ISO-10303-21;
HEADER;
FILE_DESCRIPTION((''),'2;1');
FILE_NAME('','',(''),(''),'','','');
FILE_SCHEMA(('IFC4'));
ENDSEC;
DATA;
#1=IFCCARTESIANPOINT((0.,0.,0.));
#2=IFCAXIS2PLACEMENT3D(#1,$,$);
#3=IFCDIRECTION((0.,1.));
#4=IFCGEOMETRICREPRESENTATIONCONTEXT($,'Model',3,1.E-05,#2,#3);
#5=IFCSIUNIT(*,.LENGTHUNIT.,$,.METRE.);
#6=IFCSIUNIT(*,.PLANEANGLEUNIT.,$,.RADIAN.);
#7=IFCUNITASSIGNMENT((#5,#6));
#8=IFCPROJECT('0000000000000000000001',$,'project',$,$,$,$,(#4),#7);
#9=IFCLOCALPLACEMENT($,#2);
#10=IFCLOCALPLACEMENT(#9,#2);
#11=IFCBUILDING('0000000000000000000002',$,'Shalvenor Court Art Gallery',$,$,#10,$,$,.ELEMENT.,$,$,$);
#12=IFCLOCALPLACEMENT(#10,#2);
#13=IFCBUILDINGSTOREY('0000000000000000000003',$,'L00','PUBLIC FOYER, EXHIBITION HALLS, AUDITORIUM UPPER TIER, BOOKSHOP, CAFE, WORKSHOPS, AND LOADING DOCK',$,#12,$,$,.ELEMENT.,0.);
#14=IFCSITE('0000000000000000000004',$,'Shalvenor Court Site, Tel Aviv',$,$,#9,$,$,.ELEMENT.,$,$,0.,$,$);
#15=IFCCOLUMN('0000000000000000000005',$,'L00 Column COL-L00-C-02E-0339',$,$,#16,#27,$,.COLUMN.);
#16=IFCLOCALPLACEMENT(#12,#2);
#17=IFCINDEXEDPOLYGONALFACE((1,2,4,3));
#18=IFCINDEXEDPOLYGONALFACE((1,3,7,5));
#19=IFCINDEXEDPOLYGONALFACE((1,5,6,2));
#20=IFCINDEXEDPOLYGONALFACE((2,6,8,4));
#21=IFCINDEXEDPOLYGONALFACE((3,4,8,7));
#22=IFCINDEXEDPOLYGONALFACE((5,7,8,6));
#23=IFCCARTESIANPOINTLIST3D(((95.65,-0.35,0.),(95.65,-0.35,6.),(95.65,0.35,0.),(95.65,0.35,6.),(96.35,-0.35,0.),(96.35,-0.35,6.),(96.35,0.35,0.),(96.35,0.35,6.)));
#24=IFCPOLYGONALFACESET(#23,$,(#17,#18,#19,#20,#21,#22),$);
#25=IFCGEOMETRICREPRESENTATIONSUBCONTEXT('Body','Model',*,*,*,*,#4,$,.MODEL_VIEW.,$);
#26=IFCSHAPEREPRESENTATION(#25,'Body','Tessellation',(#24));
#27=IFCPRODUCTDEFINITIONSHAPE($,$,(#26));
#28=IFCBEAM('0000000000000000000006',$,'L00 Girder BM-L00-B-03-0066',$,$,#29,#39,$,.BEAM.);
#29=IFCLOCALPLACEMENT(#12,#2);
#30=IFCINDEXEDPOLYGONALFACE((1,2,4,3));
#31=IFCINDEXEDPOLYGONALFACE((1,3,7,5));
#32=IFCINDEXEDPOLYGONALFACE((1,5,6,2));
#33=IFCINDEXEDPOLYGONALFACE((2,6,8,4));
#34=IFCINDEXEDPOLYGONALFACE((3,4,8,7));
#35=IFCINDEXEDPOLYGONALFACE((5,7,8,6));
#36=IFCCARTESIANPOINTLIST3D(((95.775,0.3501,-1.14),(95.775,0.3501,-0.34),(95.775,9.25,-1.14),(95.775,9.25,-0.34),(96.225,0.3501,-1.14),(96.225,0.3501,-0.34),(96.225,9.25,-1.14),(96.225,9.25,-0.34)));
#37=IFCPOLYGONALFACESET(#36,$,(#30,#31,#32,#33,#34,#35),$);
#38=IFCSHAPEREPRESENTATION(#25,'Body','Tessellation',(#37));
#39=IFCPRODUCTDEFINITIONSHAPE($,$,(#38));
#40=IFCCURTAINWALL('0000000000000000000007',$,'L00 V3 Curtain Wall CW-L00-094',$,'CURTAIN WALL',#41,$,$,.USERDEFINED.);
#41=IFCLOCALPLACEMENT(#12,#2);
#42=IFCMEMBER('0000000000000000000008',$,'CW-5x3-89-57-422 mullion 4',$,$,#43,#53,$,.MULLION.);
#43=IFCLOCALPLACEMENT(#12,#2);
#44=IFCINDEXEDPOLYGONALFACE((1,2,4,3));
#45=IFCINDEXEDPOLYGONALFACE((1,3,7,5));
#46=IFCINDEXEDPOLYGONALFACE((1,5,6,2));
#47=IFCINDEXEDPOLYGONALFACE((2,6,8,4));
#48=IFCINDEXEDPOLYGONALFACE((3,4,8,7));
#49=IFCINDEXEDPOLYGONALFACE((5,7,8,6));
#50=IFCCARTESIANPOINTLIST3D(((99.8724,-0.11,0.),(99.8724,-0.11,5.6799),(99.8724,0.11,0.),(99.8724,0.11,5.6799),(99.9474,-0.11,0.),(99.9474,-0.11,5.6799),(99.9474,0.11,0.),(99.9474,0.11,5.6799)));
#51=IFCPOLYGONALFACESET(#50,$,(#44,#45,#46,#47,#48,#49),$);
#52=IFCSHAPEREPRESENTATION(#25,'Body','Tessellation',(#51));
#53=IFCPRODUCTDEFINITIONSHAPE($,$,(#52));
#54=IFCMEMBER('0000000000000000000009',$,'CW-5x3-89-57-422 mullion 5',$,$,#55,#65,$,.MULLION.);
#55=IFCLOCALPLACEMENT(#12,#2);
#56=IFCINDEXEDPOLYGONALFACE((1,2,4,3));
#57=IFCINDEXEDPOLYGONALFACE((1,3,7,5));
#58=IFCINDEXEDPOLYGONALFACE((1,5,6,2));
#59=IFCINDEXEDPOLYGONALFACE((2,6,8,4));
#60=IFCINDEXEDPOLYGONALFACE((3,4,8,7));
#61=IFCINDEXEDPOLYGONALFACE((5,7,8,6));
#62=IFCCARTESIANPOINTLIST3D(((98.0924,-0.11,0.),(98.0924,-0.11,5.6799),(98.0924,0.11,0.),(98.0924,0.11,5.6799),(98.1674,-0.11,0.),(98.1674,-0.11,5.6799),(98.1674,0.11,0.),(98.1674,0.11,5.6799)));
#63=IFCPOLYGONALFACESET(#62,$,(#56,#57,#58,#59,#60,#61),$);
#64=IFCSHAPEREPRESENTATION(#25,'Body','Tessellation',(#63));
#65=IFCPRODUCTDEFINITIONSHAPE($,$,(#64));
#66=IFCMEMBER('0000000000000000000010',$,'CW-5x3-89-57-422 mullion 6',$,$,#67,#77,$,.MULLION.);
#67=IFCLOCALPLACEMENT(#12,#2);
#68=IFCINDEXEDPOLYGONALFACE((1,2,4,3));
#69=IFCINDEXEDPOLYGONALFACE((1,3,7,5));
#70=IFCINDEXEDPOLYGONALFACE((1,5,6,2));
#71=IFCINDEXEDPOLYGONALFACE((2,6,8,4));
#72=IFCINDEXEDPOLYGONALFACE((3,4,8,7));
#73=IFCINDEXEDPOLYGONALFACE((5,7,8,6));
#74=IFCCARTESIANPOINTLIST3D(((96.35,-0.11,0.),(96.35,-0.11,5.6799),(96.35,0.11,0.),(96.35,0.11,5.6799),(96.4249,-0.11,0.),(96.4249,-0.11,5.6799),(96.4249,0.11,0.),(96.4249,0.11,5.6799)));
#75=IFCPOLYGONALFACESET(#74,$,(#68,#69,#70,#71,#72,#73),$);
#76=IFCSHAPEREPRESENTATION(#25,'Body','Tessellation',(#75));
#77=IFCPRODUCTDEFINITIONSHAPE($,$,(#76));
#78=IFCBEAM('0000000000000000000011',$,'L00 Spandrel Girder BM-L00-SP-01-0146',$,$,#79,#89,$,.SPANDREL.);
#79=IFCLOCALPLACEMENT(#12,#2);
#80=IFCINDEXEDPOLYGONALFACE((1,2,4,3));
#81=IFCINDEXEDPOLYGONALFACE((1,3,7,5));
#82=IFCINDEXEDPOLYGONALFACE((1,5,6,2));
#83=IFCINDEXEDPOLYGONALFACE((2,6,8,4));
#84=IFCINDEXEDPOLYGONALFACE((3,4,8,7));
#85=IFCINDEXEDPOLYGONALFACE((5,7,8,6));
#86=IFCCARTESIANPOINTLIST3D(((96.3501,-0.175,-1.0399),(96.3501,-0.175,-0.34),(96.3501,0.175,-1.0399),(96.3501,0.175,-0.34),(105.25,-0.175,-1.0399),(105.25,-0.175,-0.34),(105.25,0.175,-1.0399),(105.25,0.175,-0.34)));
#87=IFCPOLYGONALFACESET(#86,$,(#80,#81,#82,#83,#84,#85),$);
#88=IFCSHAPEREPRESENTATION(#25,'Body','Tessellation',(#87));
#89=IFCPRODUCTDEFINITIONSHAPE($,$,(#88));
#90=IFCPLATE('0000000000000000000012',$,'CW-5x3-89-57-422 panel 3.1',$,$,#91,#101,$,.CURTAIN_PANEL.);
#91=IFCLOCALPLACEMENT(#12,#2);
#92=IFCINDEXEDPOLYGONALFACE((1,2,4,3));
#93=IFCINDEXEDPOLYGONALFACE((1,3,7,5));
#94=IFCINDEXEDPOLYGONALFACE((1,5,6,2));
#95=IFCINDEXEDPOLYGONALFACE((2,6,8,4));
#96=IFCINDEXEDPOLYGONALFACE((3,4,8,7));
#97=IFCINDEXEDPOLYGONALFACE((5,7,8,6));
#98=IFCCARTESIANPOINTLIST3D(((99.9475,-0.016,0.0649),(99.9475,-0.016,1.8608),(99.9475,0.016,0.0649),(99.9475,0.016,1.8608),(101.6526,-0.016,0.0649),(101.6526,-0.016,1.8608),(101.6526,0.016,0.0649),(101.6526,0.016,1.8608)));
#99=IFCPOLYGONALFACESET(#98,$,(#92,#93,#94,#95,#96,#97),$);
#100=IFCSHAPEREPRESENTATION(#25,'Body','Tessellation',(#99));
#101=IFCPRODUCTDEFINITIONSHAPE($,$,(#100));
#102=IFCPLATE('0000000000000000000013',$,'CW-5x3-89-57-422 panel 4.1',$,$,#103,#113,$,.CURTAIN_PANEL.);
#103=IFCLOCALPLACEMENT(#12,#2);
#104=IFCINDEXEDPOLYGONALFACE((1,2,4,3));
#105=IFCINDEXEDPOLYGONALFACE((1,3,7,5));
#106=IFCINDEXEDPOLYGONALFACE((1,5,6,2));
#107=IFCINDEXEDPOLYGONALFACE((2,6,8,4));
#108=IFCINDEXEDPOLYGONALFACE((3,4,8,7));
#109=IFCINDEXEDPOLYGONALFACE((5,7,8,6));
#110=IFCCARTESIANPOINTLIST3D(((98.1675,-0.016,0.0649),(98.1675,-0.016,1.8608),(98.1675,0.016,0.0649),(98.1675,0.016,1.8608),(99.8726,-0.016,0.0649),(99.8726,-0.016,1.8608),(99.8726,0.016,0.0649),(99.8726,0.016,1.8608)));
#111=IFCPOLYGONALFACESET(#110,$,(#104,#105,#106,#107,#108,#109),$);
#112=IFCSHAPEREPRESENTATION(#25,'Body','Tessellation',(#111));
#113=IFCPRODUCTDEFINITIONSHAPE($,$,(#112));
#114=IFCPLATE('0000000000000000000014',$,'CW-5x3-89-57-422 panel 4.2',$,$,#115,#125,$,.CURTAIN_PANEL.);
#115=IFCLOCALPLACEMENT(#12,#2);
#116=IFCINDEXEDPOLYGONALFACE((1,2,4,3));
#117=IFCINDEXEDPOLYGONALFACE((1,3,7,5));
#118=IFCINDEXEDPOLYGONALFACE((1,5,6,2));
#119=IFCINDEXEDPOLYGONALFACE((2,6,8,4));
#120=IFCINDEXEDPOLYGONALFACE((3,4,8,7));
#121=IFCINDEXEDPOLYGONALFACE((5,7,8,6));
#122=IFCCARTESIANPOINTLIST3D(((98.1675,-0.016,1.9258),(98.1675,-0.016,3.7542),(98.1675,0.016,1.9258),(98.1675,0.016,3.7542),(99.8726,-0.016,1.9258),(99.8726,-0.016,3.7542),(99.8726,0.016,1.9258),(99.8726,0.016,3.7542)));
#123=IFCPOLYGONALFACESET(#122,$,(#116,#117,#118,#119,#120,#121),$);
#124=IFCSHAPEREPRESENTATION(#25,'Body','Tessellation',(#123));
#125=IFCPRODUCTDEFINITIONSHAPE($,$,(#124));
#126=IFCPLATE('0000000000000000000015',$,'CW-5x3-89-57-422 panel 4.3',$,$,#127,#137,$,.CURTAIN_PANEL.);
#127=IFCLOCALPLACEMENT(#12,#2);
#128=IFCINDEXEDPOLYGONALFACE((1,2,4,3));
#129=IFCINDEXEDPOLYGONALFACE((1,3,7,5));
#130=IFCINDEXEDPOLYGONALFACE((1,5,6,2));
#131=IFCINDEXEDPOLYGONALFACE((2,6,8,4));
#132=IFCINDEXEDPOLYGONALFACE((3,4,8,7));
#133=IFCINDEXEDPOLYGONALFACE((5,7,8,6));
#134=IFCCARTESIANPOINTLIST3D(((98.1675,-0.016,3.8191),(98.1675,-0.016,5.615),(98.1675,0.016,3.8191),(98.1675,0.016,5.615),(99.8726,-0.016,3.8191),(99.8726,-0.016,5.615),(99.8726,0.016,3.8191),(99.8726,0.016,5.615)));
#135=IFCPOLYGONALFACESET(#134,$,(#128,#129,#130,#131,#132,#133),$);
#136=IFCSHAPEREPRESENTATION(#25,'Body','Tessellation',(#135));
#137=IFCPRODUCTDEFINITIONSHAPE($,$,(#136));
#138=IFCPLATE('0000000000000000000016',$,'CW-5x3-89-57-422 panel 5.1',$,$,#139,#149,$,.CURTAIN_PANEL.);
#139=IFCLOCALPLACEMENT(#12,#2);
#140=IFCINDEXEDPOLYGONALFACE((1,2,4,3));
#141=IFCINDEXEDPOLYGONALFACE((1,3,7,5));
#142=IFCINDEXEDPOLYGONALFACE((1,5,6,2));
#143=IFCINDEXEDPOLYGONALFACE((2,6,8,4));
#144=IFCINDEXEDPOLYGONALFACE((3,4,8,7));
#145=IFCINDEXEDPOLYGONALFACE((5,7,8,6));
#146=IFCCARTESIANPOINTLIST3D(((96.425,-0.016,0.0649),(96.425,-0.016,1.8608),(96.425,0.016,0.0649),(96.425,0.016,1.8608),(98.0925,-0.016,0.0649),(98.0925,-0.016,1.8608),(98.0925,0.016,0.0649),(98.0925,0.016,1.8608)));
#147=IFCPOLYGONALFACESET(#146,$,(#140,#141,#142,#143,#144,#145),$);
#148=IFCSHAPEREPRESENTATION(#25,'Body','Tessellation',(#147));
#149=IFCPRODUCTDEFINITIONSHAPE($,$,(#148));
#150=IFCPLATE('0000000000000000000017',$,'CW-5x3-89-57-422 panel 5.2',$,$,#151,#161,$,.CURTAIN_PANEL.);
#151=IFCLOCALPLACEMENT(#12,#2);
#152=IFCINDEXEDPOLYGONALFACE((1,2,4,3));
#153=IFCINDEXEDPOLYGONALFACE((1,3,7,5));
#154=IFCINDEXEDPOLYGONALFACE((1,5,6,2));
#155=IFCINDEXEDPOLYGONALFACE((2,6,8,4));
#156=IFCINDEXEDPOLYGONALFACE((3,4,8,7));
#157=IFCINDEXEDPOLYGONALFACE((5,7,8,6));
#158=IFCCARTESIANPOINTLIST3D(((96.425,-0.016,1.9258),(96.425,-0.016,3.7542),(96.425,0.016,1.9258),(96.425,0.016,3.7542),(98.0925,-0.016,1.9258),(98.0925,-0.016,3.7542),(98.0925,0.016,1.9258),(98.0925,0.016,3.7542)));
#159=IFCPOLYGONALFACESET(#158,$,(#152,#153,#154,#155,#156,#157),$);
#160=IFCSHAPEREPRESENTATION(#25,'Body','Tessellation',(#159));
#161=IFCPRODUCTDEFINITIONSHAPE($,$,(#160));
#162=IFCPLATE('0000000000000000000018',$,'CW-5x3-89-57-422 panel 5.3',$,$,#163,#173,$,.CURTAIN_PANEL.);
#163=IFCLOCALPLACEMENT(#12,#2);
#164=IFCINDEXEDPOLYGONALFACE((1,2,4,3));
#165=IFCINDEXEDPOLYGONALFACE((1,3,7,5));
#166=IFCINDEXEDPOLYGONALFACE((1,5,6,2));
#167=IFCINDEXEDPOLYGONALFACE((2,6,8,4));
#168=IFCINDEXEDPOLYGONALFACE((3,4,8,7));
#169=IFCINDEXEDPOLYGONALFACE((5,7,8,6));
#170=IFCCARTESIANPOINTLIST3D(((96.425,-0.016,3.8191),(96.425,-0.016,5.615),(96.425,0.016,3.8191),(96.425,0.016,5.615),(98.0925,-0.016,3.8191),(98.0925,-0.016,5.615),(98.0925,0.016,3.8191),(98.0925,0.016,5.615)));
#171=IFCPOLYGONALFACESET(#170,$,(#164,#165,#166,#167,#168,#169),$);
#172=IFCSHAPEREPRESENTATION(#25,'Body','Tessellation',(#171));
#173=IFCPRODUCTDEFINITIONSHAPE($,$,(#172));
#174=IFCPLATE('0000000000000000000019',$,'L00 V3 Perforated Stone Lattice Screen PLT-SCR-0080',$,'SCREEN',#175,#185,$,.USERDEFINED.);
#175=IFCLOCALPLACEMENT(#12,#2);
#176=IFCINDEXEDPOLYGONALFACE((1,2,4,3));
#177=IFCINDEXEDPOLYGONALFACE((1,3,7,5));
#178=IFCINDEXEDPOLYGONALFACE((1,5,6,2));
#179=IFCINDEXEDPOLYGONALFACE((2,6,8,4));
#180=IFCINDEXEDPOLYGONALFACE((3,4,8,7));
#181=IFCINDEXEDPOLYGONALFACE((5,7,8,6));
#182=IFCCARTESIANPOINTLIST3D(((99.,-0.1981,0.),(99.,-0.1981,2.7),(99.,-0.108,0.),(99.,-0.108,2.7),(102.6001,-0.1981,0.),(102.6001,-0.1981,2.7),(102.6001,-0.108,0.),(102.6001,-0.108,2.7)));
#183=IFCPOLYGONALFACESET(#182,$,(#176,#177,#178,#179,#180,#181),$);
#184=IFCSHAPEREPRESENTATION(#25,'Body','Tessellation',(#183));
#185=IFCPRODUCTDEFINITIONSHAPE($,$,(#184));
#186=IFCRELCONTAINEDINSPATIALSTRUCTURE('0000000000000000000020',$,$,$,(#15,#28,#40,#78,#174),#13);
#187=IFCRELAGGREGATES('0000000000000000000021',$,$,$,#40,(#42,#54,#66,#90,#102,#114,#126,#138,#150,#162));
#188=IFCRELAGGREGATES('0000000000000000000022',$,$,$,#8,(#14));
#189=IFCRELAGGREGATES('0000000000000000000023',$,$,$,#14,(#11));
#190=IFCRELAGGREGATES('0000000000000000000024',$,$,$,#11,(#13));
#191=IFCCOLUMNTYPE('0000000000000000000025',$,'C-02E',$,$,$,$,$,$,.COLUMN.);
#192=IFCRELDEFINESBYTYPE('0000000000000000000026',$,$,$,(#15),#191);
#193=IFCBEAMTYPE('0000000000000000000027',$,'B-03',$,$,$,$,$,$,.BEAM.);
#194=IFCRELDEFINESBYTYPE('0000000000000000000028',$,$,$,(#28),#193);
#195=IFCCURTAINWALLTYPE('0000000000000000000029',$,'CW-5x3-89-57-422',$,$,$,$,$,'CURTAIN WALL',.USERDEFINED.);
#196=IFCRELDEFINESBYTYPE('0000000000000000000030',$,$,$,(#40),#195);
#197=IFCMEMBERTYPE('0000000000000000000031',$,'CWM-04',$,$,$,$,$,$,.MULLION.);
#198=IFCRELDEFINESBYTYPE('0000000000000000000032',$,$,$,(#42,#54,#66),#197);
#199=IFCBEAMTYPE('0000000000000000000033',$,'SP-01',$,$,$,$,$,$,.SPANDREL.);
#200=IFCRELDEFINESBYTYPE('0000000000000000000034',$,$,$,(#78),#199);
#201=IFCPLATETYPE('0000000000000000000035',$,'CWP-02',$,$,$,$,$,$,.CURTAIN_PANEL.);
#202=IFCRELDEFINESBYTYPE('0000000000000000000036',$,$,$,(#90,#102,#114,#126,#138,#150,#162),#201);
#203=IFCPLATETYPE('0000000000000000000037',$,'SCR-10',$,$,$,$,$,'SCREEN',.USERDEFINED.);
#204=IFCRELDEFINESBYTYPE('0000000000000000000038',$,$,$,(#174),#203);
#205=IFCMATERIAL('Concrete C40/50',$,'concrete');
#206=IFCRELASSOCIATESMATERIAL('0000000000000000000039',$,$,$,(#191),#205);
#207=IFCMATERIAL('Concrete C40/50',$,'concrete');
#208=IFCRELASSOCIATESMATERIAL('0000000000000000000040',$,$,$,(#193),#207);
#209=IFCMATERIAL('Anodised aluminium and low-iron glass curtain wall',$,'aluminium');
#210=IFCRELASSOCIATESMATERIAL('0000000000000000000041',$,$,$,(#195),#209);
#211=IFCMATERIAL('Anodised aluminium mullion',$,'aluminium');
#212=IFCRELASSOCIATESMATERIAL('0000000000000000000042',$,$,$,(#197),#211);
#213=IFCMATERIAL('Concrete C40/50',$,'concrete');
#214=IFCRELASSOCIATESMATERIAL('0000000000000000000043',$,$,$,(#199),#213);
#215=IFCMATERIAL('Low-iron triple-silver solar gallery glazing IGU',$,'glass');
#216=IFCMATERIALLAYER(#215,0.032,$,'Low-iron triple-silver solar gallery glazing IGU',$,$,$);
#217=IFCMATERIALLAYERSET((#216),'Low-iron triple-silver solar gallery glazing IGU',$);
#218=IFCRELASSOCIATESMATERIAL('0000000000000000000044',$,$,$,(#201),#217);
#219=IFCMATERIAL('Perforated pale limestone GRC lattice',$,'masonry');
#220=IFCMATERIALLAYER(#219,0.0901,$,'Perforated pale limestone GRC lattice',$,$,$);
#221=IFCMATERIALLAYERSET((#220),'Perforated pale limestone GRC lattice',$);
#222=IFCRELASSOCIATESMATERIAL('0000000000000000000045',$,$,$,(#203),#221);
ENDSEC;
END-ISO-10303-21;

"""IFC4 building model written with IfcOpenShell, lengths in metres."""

from ifc_helpers import new_model, si_unit, direction, frame, origin, origin_2d, place, context, subcontext, project, spatial, rectangle, extrude, material, layer, layer_set, material_profile, profile_set, type_object, element, aggregate, save


model = new_model("IFC4")

# Units and contexts
model_context = context("Model", 3, precision=1e-05, world=origin(), true_north=direction((0.0, 1.0)))
body_context = subcontext(model_context, "Body", "Model", "MODEL_VIEW")
ifc_project = project(units=[si_unit("LENGTHUNIT", "METRE"), si_unit("PLANEANGLEUNIT", "RADIAN")], contexts=[model_context])

# Site, building, storey
site_placement = place(None, origin())
site = spatial("IfcSite", under=ifc_project, at=site_placement, Name="Shalvenor Court Site, Tel Aviv", CompositionType="ELEMENT", RefElevation=0.0)
building_placement = place(site_placement, origin())
building = spatial("IfcBuilding", under=site, at=building_placement, Name="Shalvenor Court Art Gallery", CompositionType="ELEMENT")
storey_placement = place(building_placement, origin())
storey = spatial("IfcBuildingStorey", under=building, at=storey_placement, Name="L00", Description="PUBLIC FOYER, EXHIBITION HALLS, AUDITORIUM UPPER TIER, BOOKSHOP, CAFE, WORKSHOPS, AND LOADING DOCK", CompositionType="ELEMENT", Elevation=0.0)

# Column
ifc_material_1 = material(Name="Concrete C40/50", Category="concrete")
ifc_material_profile_1 = material_profile(ifc_material_1, rectangle(XDim=0.7, YDim=0.7, at=origin_2d()), Name="RC 700x700")
ifc_profile_set_1 = profile_set([ifc_material_profile_1], Name="Concrete C40/50")
column_type = type_object("IfcColumnType", Name="C-02E", PredefinedType="COLUMN", material=ifc_profile_set_1)
column_placement = place(storey_placement, frame((96.0, 0.0, 0.0), z_axis=(0.0, 0.0, 1.0), x_axis=(1.0, 0.0, 0.0)))
element("IfcColumn", 1, at=column_placement, inside=storey, type_object=column_type, Name="L00 Column COL-L00-C-02E-0339", PredefinedType="COLUMN", context=body_context, shape_type="SweptSolid", body=[
    extrude(rectangle(XDim=0.7, YDim=0.7, at=origin_2d()), origin(), (0.0, 0.0, 1.0), 6.0),
])

# Beam
ifc_material_2 = material(Name="Concrete C40/50", Category="concrete")
ifc_material_profile_2 = material_profile(ifc_material_2, rectangle(XDim=0.45, YDim=0.8, at=origin_2d()), Name="RC 450x800")
ifc_profile_set_2 = profile_set([ifc_material_profile_2], Name="Concrete C40/50")
beam_type_1 = type_object("IfcBeamType", Name="B-03", PredefinedType="BEAM", material=ifc_profile_set_2)
beam_1_placement = place(storey_placement, frame((96.0, 0.3501, -0.74), z_axis=(0.0, 1.0, 0.0), x_axis=(-1.0, 0.0, 0.0)))
element("IfcBeam", 2, at=beam_1_placement, inside=storey, type_object=beam_type_1, Name="L00 Girder BM-L00-B-03-0066", PredefinedType="BEAM", context=body_context, shape_type="SweptSolid", body=[
    extrude(rectangle(XDim=0.45, YDim=0.8, at=origin_2d()), origin(), (0.0, 0.0, 1.0), 8.8999),
])

# Curtain wall, members
ifc_material_3 = material(Name="Anodised aluminium and low-iron glass curtain wall", Category="aluminium")
curtain_wall_type = type_object("IfcCurtainWallType", Name="CW-5x3-89-57-422", ElementType="CURTAIN WALL", PredefinedType="USERDEFINED", material=ifc_material_3)
curtain_wall_placement = place(storey_placement, origin())
curtain_wall = element("IfcCurtainWall", 3, at=curtain_wall_placement, inside=storey, type_object=curtain_wall_type, Name="L00 V3 Curtain Wall CW-L00-094", ObjectType="CURTAIN WALL", PredefinedType="USERDEFINED")
ifc_material_4 = material(Name="Anodised aluminium mullion", Category="aluminium")
ifc_material_profile_3 = material_profile(ifc_material_4, rectangle(XDim=0.075, YDim=0.22, at=origin_2d()), Name="CWM-04")
ifc_profile_set_3 = profile_set([ifc_material_profile_3], Name="Anodised aluminium mullion")
member_type = type_object("IfcMemberType", Name="CWM-04", PredefinedType="MULLION", material=ifc_profile_set_3)
member_1_placement = place(storey_placement, frame((99.9099, 0.0, 0.0), z_axis=(0.0, 0.0, 1.0), x_axis=(-1.0, 0.0, 0.0)))
member_1 = element("IfcMember", 4, at=member_1_placement, type_object=member_type, Name="CW-5x3-89-57-422 mullion 4", PredefinedType="MULLION", context=body_context, shape_type="SweptSolid", body=[
    extrude(rectangle(XDim=0.075, YDim=0.22, at=origin_2d()), origin(), (0.0, 0.0, 1.0), 5.6799),
])
member_2_placement = place(storey_placement, frame((98.1299, 0.0, 0.0), z_axis=(0.0, 0.0, 1.0), x_axis=(-1.0, 0.0, 0.0)))
member_2 = element("IfcMember", 5, at=member_2_placement, type_object=member_type, Name="CW-5x3-89-57-422 mullion 5", PredefinedType="MULLION", context=body_context, shape_type="SweptSolid", body=[
    extrude(rectangle(XDim=0.075, YDim=0.22, at=origin_2d()), origin(), (0.0, 0.0, 1.0), 5.6799),
])
member_3_placement = place(storey_placement, frame((96.3875, 0.0, 0.0), z_axis=(0.0, 0.0, 1.0), x_axis=(-1.0, 0.0, 0.0)))
member_3 = element("IfcMember", 6, at=member_3_placement, type_object=member_type, Name="CW-5x3-89-57-422 mullion 6", PredefinedType="MULLION", context=body_context, shape_type="SweptSolid", body=[
    extrude(rectangle(XDim=0.075, YDim=0.22, at=origin_2d()), origin(), (0.0, 0.0, 1.0), 5.6799),
])

# Beam
ifc_material_5 = material(Name="Concrete C40/50", Category="concrete")
ifc_material_profile_4 = material_profile(ifc_material_5, rectangle(XDim=0.3501, YDim=0.7, at=origin_2d()), Name="RC 350x700")
ifc_profile_set_4 = profile_set([ifc_material_profile_4], Name="Concrete C40/50")
beam_type_2 = type_object("IfcBeamType", Name="SP-01", PredefinedType="SPANDREL", material=ifc_profile_set_4)
beam_2_placement = place(storey_placement, frame((96.3501, 0.0, -0.6899), z_axis=(1.0, 0.0, 0.0), x_axis=(0.0, 1.0, 0.0)))
element("IfcBeam", 7, at=beam_2_placement, inside=storey, type_object=beam_type_2, Name="L00 Spandrel Girder BM-L00-SP-01-0146", PredefinedType="SPANDREL", context=body_context, shape_type="SweptSolid", body=[
    extrude(rectangle(XDim=0.3501, YDim=0.7, at=origin_2d()), origin(), (0.0, 0.0, 1.0), 8.8999),
])

# Plates
ifc_material_6 = material(Name="Low-iron triple-silver solar gallery glazing IGU", Category="glass")
ifc_layer_1 = layer(ifc_material_6, 0.032, Name="Low-iron triple-silver solar gallery glazing IGU")
ifc_layer_set_1 = layer_set([ifc_layer_1], Name="Low-iron triple-silver solar gallery glazing IGU")
plate_type_1 = type_object("IfcPlateType", Name="CWP-02", PredefinedType="CURTAIN_PANEL", material=ifc_layer_set_1)
plate_1_placement = place(storey_placement, frame((100.8, 0.0, 0.0649), z_axis=(0.0, 0.0, 1.0), x_axis=(-1.0, 0.0, 0.0)))
plate_1 = element("IfcPlate", 8, at=plate_1_placement, type_object=plate_type_1, Name="CW-5x3-89-57-422 panel 3.1", PredefinedType="CURTAIN_PANEL", context=body_context, shape_type="SweptSolid", body=[
    extrude(rectangle(XDim=1.7051, YDim=0.032, at=origin_2d()), origin(), (0.0, 0.0, 1.0), 1.7959),
])
plate_2_placement = place(storey_placement, frame((99.02, 0.0, 0.0649), z_axis=(0.0, 0.0, 1.0), x_axis=(-1.0, 0.0, 0.0)))
plate_2 = element("IfcPlate", 9, at=plate_2_placement, type_object=plate_type_1, Name="CW-5x3-89-57-422 panel 4.1", PredefinedType="CURTAIN_PANEL", context=body_context, shape_type="SweptSolid", body=[
    extrude(rectangle(XDim=1.7051, YDim=0.032, at=origin_2d()), origin(), (0.0, 0.0, 1.0), 1.7959),
])
plate_3_placement = place(storey_placement, frame((99.02, 0.0, 1.9258), z_axis=(0.0, 0.0, 1.0), x_axis=(-1.0, 0.0, 0.0)))
plate_3 = element("IfcPlate", 10, at=plate_3_placement, type_object=plate_type_1, Name="CW-5x3-89-57-422 panel 4.2", PredefinedType="CURTAIN_PANEL", context=body_context, shape_type="SweptSolid", body=[
    extrude(rectangle(XDim=1.7051, YDim=0.032, at=origin_2d()), origin(), (0.0, 0.0, 1.0), 1.8284),
])
plate_4_placement = place(storey_placement, frame((99.02, 0.0, 3.8191), z_axis=(0.0, 0.0, 1.0), x_axis=(-1.0, 0.0, 0.0)))
plate_4 = element("IfcPlate", 11, at=plate_4_placement, type_object=plate_type_1, Name="CW-5x3-89-57-422 panel 4.3", PredefinedType="CURTAIN_PANEL", context=body_context, shape_type="SweptSolid", body=[
    extrude(rectangle(XDim=1.7051, YDim=0.032, at=origin_2d()), origin(), (0.0, 0.0, 1.0), 1.7959),
])
plate_5_placement = place(storey_placement, frame((97.2588, 0.0, 0.0649), z_axis=(0.0, 0.0, 1.0), x_axis=(-1.0, 0.0, 0.0)))
plate_5 = element("IfcPlate", 12, at=plate_5_placement, type_object=plate_type_1, Name="CW-5x3-89-57-422 panel 5.1", PredefinedType="CURTAIN_PANEL", context=body_context, shape_type="SweptSolid", body=[
    extrude(rectangle(XDim=1.6675, YDim=0.032, at=origin_2d()), origin(), (0.0, 0.0, 1.0), 1.7959),
])
plate_6_placement = place(storey_placement, frame((97.2588, 0.0, 1.9258), z_axis=(0.0, 0.0, 1.0), x_axis=(-1.0, 0.0, 0.0)))
plate_6 = element("IfcPlate", 13, at=plate_6_placement, type_object=plate_type_1, Name="CW-5x3-89-57-422 panel 5.2", PredefinedType="CURTAIN_PANEL", context=body_context, shape_type="SweptSolid", body=[
    extrude(rectangle(XDim=1.6675, YDim=0.032, at=origin_2d()), origin(), (0.0, 0.0, 1.0), 1.8284),
])
plate_7_placement = place(storey_placement, frame((97.2588, 0.0, 3.8191), z_axis=(0.0, 0.0, 1.0), x_axis=(-1.0, 0.0, 0.0)))
plate_7 = element("IfcPlate", 14, at=plate_7_placement, type_object=plate_type_1, Name="CW-5x3-89-57-422 panel 5.3", PredefinedType="CURTAIN_PANEL", context=body_context, shape_type="SweptSolid", body=[
    extrude(rectangle(XDim=1.6675, YDim=0.032, at=origin_2d()), origin(), (0.0, 0.0, 1.0), 1.7959),
])
aggregate(curtain_wall, [member_1, member_2, member_3, plate_1, plate_2, plate_3, plate_4, plate_5, plate_6, plate_7])
ifc_material_7 = material(Name="Perforated pale limestone GRC lattice", Category="masonry")
ifc_layer_2 = layer(ifc_material_7, 0.0901, Name="Perforated pale limestone GRC lattice")
ifc_layer_set_2 = layer_set([ifc_layer_2], Name="Perforated pale limestone GRC lattice")
plate_type_2 = type_object("IfcPlateType", Name="SCR-10", ElementType="SCREEN", PredefinedType="USERDEFINED", material=ifc_layer_set_2)
plate_8_placement = place(storey_placement, frame((100.8, -0.1531, 0.0), z_axis=(0.0, 0.0, 1.0), x_axis=(-1.0, 0.0, 0.0)))
element("IfcPlate", 15, at=plate_8_placement, inside=storey, type_object=plate_type_2, Name="L00 V3 Perforated Stone Lattice Screen PLT-SCR-0080", ObjectType="SCREEN", PredefinedType="USERDEFINED", context=body_context, shape_type="SweptSolid", body=[
    extrude(rectangle(XDim=3.6001, YDim=0.0901, at=origin_2d()), origin(), (0.0, 0.0, 1.0), 2.7),
])

save(model, "model.ifc")
